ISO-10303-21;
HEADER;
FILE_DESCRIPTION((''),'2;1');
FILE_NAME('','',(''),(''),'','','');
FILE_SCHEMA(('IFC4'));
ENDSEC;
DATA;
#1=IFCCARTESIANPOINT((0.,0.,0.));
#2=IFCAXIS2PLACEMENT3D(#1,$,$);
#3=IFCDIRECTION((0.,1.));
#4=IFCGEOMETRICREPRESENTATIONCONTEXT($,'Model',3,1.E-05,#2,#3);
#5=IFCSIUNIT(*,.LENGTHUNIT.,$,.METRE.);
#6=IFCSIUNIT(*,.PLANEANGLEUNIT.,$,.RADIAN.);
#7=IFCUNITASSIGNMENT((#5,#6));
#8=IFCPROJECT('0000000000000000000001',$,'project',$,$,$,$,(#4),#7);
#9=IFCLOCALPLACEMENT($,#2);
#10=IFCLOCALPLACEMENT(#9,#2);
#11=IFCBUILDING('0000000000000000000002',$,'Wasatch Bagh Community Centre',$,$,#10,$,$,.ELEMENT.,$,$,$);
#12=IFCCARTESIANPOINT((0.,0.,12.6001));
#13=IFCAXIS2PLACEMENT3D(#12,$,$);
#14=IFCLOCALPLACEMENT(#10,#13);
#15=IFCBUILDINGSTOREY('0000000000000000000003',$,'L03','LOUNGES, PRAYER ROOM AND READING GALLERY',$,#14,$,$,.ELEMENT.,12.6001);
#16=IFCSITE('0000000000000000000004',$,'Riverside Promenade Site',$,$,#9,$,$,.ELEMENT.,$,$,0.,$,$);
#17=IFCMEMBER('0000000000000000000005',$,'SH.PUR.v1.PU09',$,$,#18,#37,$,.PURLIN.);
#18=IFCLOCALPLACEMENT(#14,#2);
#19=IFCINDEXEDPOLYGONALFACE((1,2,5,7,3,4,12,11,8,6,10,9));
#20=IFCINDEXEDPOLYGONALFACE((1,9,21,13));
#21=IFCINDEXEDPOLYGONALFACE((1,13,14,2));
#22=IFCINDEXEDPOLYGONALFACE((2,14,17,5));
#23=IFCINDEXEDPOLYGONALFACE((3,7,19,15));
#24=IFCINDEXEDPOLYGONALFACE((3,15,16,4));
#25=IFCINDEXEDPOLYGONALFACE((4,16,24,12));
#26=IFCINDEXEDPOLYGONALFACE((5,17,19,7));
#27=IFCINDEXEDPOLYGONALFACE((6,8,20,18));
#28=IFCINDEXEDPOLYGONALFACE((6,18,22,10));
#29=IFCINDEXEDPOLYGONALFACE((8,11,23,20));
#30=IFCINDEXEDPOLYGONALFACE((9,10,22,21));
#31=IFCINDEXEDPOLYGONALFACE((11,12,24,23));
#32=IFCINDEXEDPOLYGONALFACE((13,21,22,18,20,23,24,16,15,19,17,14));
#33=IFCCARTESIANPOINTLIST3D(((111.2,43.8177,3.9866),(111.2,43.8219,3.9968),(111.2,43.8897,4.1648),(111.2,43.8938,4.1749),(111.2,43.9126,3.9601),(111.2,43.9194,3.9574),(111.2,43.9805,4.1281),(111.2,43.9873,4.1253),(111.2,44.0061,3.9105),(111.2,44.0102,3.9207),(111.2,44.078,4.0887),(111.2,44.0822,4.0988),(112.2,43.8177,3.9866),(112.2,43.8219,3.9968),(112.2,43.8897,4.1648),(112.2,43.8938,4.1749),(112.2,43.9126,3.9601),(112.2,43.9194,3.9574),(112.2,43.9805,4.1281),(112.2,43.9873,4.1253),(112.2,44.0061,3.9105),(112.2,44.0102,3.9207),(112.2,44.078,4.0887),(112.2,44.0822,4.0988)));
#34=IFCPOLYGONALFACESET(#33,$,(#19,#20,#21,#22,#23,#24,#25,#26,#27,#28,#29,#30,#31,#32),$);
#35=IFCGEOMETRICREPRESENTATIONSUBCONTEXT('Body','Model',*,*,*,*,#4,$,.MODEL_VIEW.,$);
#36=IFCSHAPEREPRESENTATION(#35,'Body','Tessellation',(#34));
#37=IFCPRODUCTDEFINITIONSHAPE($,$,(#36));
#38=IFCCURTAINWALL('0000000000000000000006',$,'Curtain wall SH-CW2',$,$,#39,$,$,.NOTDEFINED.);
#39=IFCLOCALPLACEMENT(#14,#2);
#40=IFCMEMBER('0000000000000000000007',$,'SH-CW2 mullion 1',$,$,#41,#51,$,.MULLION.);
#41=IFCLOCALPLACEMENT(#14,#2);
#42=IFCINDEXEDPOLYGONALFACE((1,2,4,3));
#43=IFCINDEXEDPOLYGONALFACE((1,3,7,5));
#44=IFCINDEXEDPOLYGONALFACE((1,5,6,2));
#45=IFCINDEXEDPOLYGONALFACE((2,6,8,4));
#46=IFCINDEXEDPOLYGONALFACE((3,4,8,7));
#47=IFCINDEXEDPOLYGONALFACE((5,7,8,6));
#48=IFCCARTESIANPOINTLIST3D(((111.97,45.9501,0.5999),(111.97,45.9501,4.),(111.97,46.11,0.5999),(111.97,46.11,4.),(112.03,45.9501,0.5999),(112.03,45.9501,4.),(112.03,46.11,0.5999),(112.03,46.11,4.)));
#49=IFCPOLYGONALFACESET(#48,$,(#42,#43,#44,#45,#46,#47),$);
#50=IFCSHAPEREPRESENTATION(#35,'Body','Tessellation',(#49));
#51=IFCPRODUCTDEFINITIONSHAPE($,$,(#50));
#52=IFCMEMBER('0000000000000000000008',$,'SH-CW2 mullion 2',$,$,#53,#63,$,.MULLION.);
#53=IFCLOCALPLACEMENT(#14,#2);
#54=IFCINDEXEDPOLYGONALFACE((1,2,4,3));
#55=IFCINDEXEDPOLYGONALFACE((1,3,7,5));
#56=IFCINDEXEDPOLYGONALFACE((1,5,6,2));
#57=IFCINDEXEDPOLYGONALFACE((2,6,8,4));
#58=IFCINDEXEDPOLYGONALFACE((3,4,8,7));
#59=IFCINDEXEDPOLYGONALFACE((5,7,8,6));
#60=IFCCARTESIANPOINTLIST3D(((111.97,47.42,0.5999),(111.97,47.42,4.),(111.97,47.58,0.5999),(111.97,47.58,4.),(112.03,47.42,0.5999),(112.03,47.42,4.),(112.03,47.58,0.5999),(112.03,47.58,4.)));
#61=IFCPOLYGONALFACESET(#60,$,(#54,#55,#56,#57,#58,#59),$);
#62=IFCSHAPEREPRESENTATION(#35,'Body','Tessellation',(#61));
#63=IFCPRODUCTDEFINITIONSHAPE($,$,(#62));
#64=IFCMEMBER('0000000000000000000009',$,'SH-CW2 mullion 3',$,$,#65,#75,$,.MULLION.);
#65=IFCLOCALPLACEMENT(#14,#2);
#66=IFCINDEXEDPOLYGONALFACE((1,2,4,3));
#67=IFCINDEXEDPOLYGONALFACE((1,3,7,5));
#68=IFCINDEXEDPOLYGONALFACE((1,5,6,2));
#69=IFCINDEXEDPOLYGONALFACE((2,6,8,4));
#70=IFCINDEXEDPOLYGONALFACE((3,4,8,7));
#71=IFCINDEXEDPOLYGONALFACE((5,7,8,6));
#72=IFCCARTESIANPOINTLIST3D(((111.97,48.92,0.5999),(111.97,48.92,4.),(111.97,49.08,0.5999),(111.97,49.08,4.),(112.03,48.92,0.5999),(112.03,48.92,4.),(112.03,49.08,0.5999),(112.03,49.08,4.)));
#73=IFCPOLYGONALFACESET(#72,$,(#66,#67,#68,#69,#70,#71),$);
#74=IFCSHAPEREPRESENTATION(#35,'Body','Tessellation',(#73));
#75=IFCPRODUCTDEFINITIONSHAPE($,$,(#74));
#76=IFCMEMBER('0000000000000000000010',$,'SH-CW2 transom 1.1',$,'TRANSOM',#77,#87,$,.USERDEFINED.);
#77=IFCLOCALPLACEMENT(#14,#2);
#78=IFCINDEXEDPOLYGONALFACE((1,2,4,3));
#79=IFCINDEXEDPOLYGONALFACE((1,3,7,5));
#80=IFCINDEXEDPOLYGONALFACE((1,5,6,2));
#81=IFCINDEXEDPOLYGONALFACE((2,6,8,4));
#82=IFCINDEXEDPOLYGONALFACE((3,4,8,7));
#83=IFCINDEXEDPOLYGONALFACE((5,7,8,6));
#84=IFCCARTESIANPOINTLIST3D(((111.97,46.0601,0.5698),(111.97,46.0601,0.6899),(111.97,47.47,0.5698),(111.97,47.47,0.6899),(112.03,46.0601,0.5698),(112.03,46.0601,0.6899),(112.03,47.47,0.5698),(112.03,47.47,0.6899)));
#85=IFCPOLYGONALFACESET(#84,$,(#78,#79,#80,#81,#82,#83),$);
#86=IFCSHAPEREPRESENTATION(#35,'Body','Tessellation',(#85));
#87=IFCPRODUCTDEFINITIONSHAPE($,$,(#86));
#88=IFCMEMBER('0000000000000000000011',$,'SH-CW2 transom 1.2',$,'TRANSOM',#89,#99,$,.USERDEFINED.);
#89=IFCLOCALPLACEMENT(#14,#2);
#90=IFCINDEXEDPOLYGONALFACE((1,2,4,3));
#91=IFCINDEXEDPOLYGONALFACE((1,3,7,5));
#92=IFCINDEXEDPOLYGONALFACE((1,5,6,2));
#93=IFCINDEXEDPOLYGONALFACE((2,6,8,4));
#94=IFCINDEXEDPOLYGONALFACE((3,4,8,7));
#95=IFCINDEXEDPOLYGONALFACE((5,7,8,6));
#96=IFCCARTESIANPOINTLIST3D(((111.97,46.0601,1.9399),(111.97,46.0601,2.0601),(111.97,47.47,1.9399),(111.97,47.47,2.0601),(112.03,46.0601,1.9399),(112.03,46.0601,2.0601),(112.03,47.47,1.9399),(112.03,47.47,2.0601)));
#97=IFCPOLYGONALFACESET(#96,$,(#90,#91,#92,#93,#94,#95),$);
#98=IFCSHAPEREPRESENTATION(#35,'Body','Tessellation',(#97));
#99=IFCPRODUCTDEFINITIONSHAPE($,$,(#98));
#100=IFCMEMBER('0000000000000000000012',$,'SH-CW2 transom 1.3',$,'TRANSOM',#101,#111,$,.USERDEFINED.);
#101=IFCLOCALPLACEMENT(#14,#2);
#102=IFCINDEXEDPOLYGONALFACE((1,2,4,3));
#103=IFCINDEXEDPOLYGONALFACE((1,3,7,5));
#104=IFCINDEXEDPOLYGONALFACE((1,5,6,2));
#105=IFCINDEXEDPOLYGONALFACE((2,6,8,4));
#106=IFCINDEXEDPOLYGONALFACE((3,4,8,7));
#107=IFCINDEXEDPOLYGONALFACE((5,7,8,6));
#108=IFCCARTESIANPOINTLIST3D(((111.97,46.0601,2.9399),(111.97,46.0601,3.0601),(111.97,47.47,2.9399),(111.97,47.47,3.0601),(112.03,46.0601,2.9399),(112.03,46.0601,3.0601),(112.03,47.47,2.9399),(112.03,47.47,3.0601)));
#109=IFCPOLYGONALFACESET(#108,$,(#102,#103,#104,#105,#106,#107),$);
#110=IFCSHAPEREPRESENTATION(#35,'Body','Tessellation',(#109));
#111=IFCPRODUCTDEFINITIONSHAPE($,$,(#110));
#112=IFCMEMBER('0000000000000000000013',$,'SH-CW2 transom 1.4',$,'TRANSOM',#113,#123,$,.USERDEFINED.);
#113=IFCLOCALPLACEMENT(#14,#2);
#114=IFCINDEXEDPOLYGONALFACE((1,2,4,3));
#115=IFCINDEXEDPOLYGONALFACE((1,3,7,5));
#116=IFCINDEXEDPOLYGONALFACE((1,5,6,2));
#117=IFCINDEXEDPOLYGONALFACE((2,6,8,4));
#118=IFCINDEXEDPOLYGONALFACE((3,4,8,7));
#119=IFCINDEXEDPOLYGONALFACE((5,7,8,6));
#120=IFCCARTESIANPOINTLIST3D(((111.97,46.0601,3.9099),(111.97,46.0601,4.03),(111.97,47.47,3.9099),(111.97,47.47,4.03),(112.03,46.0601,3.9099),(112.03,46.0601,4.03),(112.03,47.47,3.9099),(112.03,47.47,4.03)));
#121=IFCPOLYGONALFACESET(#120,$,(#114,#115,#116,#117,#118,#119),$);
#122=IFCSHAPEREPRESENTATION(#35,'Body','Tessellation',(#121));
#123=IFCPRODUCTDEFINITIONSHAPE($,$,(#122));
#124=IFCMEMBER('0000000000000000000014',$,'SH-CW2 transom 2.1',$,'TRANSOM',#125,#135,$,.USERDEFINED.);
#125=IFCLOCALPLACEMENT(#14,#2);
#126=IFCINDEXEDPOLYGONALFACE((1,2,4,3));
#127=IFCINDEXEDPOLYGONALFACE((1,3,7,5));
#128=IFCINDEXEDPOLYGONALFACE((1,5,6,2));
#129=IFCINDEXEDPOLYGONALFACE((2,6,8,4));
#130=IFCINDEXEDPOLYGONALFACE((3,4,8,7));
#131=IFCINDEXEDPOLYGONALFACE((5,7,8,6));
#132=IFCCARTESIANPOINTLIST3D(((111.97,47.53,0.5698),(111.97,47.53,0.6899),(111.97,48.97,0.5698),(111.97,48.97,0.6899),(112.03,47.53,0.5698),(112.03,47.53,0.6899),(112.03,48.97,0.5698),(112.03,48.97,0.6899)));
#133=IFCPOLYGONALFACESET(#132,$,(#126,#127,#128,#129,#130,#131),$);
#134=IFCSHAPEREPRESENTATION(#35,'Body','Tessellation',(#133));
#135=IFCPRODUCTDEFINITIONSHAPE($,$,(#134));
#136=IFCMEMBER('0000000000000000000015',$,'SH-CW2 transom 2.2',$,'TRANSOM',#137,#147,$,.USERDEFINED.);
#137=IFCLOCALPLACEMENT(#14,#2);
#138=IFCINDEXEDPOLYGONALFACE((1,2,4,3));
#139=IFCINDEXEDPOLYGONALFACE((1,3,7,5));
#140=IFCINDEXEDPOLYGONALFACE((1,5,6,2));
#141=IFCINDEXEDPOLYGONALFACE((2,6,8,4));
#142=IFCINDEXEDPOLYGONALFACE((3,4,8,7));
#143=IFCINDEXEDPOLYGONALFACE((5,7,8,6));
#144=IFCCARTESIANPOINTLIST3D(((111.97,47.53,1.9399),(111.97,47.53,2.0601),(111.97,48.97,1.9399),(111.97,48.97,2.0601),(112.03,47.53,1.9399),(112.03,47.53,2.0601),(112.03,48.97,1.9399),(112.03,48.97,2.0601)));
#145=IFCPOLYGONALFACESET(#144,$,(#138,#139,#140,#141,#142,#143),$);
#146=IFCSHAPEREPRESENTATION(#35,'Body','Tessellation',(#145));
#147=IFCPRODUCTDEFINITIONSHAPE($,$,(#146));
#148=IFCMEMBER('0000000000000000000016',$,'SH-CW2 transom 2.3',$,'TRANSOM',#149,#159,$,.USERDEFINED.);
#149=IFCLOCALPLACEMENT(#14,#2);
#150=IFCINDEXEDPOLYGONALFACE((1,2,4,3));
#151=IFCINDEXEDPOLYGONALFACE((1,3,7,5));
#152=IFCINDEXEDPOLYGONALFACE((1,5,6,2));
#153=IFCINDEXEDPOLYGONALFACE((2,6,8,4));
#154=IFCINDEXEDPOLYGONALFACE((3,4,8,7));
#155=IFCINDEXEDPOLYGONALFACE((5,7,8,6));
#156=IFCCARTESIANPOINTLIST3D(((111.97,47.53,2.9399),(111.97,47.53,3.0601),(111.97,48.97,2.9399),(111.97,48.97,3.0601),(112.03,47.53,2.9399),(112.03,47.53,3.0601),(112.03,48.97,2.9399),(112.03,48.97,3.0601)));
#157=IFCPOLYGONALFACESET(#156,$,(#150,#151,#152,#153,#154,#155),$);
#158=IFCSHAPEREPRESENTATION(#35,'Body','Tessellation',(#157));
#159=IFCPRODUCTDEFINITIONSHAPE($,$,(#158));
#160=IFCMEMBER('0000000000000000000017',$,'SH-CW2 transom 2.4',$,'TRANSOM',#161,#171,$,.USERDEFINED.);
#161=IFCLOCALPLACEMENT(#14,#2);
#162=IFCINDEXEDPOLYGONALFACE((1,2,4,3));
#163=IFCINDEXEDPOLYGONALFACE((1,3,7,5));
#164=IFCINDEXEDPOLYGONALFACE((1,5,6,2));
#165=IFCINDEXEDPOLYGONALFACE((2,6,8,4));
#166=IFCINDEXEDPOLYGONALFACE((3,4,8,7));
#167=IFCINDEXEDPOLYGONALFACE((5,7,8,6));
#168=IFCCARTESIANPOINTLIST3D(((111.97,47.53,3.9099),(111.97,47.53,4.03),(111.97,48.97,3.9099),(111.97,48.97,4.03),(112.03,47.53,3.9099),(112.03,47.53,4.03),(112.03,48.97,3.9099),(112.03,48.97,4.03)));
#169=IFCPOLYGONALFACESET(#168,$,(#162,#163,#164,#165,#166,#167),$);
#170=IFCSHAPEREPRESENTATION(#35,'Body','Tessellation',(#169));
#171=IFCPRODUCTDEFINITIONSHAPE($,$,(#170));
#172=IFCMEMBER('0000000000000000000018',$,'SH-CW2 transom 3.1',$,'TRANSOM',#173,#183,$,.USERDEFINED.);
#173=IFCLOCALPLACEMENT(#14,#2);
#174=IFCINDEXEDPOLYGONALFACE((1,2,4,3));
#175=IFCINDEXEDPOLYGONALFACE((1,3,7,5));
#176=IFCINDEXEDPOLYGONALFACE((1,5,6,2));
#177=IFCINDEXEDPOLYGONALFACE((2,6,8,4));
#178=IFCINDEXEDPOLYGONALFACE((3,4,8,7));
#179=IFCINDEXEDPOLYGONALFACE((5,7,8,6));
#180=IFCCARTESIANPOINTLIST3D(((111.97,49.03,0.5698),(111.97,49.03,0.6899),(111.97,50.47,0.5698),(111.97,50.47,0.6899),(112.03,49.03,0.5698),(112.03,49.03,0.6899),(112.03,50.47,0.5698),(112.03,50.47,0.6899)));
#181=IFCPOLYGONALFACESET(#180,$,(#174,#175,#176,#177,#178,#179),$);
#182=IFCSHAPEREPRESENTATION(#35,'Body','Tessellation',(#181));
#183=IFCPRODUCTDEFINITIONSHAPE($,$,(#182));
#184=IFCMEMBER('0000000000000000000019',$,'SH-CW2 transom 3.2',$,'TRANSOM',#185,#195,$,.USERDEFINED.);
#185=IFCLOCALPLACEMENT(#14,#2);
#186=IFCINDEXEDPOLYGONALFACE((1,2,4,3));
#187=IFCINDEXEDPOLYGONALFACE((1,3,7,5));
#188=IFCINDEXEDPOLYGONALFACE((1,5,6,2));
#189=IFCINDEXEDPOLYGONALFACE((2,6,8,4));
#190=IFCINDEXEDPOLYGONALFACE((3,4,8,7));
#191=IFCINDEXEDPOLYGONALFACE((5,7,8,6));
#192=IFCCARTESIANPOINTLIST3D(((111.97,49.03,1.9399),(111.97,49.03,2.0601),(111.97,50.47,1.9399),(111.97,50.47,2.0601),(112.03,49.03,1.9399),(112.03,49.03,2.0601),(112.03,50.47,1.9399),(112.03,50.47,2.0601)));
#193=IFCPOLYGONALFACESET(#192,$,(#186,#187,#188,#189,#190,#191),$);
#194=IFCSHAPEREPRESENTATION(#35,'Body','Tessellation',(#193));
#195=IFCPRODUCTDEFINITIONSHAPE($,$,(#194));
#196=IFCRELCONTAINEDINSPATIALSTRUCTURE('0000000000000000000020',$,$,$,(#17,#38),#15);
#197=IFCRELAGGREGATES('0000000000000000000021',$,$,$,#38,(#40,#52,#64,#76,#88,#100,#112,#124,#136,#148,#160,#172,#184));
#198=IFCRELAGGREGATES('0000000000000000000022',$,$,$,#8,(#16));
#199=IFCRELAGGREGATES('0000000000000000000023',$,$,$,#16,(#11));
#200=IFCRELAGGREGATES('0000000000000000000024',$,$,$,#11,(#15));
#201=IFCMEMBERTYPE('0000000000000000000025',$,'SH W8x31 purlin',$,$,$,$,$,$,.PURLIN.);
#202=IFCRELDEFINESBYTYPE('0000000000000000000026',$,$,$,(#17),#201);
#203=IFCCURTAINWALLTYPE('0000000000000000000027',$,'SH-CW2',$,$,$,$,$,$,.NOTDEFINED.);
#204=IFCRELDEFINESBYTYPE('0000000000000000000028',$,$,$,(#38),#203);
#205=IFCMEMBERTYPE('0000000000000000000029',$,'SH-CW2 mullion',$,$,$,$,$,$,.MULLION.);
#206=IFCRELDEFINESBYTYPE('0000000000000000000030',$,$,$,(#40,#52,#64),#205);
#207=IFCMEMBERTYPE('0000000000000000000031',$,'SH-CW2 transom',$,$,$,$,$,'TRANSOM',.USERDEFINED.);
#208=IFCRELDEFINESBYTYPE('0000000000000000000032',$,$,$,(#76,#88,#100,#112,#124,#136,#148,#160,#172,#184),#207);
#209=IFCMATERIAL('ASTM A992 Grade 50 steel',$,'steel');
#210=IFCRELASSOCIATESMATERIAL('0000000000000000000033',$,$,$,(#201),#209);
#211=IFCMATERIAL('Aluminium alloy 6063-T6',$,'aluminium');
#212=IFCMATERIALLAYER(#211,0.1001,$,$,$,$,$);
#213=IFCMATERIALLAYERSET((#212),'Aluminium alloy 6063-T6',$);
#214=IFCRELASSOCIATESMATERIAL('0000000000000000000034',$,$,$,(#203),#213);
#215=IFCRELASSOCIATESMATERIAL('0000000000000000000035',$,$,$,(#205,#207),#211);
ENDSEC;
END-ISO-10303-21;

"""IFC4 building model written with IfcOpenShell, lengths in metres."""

from ifc_helpers import new_model, si_unit, direction, frame, origin, origin_2d, place, context, subcontext, project, spatial, rectangle, i_section, extrude, material, layer, layer_set, material_profile, profile_set, type_object, element, aggregate, save


model = new_model("IFC4")

# Units and contexts
model_context = context("Model", 3, precision=1e-05, world=origin(), true_north=direction((0.0, 1.0)))
body_context = subcontext(model_context, "Body", "Model", "MODEL_VIEW")
ifc_project = project(units=[si_unit("LENGTHUNIT", "METRE"), si_unit("PLANEANGLEUNIT", "RADIAN")], contexts=[model_context])

# Site, building, storey
site_placement = place(None, origin())
site = spatial("IfcSite", under=ifc_project, at=site_placement, Name="Riverside Promenade Site", CompositionType="ELEMENT", RefElevation=0.0)
building_placement = place(site_placement, origin())
building = spatial("IfcBuilding", under=site, at=building_placement, Name="Wasatch Bagh Community Centre", CompositionType="ELEMENT")
storey_placement = place(building_placement, frame((0.0, 0.0, 12.6001)))
storey = spatial("IfcBuildingStorey", under=building, at=storey_placement, Name="L03", Description="LOUNGES, PRAYER ROOM AND READING GALLERY", CompositionType="ELEMENT", Elevation=12.6001)

# Member
ifc_material_1 = material(Name="ASTM A992 Grade 50 steel", Category="steel")
ifc_material_profile_1 = material_profile(ifc_material_1, i_section(OverallWidth=0.2031, OverallDepth=0.2031, WebThickness=0.0073, FlangeThickness=0.011, at=origin_2d()), Name="W8x31")
ifc_profile_set_1 = profile_set([ifc_material_profile_1], Name="ASTM A992 Grade 50 steel")
member_type_1 = type_object("IfcMemberType", Name="SH W8x31 purlin", PredefinedType="PURLIN", material=ifc_profile_set_1)
member_1_placement = place(storey_placement, frame((111.2, 43.95, 4.0427), z_axis=(1.0, 0.0, 0.0), x_axis=(0.0, 0.927184, -0.374607)))
element("IfcMember", 1, at=member_1_placement, inside=storey, type_object=member_type_1, Name="SH.PUR.v1.PU09", PredefinedType="PURLIN", context=body_context, shape_type="SweptSolid", body=[
    extrude(i_section(OverallWidth=0.2031, OverallDepth=0.2031, WebThickness=0.0073, FlangeThickness=0.011, at=origin_2d()), origin(), (0.0, 0.0, 1.0), 1.0),
])

# Curtain wall, members
ifc_material_2 = material(Name="Aluminium alloy 6063-T6", Category="aluminium")
ifc_layer_1 = layer(ifc_material_2, 0.1001)
ifc_layer_set_1 = layer_set([ifc_layer_1], Name="Aluminium alloy 6063-T6")
curtain_wall_type = type_object("IfcCurtainWallType", Name="SH-CW2", PredefinedType="NOTDEFINED", material=ifc_layer_set_1)
curtain_wall_placement = place(storey_placement, origin())
curtain_wall = element("IfcCurtainWall", 2, at=curtain_wall_placement, inside=storey, type_object=curtain_wall_type, Name="Curtain wall SH-CW2", PredefinedType="NOTDEFINED")
ifc_material_profile_2 = material_profile(ifc_material_2, rectangle(XDim=0.0601, YDim=0.1599, at=origin_2d()), Name="AL 60x160")
ifc_profile_set_2 = profile_set([ifc_material_profile_2], Name="Aluminium alloy 6063-T6")
member_type_2 = type_object("IfcMemberType", Name="SH-CW2 mullion", PredefinedType="MULLION", material=ifc_profile_set_2)
member_2_placement = place(storey_placement, frame((112.0, 46.03, 0.5999), z_axis=(0.0, 0.0, 1.0), x_axis=(-1.0, 0.0, 0.0)))
member_2 = element("IfcMember", 3, at=member_2_placement, type_object=member_type_2, Name="SH-CW2 mullion 1", PredefinedType="MULLION", context=body_context, shape_type="SweptSolid", body=[
    extrude(rectangle(XDim=0.0601, YDim=0.1599, at=origin_2d()), origin(), (0.0, 0.0, 1.0), 3.4001),
])
member_3_placement = place(storey_placement, frame((112.0, 47.5, 0.5999), z_axis=(0.0, 0.0, 1.0), x_axis=(-1.0, 0.0, 0.0)))
member_3 = element("IfcMember", 4, at=member_3_placement, type_object=member_type_2, Name="SH-CW2 mullion 2", PredefinedType="MULLION", context=body_context, shape_type="SweptSolid", body=[
    extrude(rectangle(XDim=0.0601, YDim=0.1599, at=origin_2d()), origin(), (0.0, 0.0, 1.0), 3.4001),
])
member_4_placement = place(storey_placement, frame((112.0, 49.0, 0.5999), z_axis=(0.0, 0.0, 1.0), x_axis=(-1.0, 0.0, 0.0)))
member_4 = element("IfcMember", 5, at=member_4_placement, type_object=member_type_2, Name="SH-CW2 mullion 3", PredefinedType="MULLION", context=body_context, shape_type="SweptSolid", body=[
    extrude(rectangle(XDim=0.0601, YDim=0.1599, at=origin_2d()), origin(), (0.0, 0.0, 1.0), 3.4001),
])
ifc_material_profile_3 = material_profile(ifc_material_2, rectangle(XDim=0.0601, YDim=0.1201, at=origin_2d()), Name="AL 60x120")
ifc_profile_set_3 = profile_set([ifc_material_profile_3], Name="Aluminium alloy 6063-T6")
member_type_3 = type_object("IfcMemberType", Name="SH-CW2 transom", ElementType="TRANSOM", PredefinedType="USERDEFINED", material=ifc_profile_set_3)
member_5_placement = place(storey_placement, frame((112.0, 46.0601, 0.6299), z_axis=(0.0, 1.0, 0.0), x_axis=(-1.0, 0.0, 0.0)))
member_5 = element("IfcMember", 6, at=member_5_placement, type_object=member_type_3, Name="SH-CW2 transom 1.1", ObjectType="TRANSOM", PredefinedType="USERDEFINED", context=body_context, shape_type="SweptSolid", body=[
    extrude(rectangle(XDim=0.0601, YDim=0.1201, at=origin_2d()), origin(), (0.0, 0.0, 1.0), 1.4099),
])
member_6_placement = place(storey_placement, frame((112.0, 46.0601, 2.0), z_axis=(0.0, 1.0, 0.0), x_axis=(-1.0, 0.0, 0.0)))
member_6 = element("IfcMember", 7, at=member_6_placement, type_object=member_type_3, Name="SH-CW2 transom 1.2", ObjectType="TRANSOM", PredefinedType="USERDEFINED", context=body_context, shape_type="SweptSolid", body=[
    extrude(rectangle(XDim=0.0601, YDim=0.1201, at=origin_2d()), origin(), (0.0, 0.0, 1.0), 1.4099),
])
member_7_placement = place(storey_placement, frame((112.0, 46.0601, 3.0), z_axis=(0.0, 1.0, 0.0), x_axis=(-1.0, 0.0, 0.0)))
member_7 = element("IfcMember", 8, at=member_7_placement, type_object=member_type_3, Name="SH-CW2 transom 1.3", ObjectType="TRANSOM", PredefinedType="USERDEFINED", context=body_context, shape_type="SweptSolid", body=[
    extrude(rectangle(XDim=0.0601, YDim=0.1201, at=origin_2d()), origin(), (0.0, 0.0, 1.0), 1.4099),
])
member_8_placement = place(storey_placement, frame((112.0, 46.0601, 3.97), z_axis=(0.0, 1.0, 0.0), x_axis=(-1.0, 0.0, 0.0)))
member_8 = element("IfcMember", 9, at=member_8_placement, type_object=member_type_3, Name="SH-CW2 transom 1.4", ObjectType="TRANSOM", PredefinedType="USERDEFINED", context=body_context, shape_type="SweptSolid", body=[
    extrude(rectangle(XDim=0.0601, YDim=0.1201, at=origin_2d()), origin(), (0.0, 0.0, 1.0), 1.4099),
])
member_9_placement = place(storey_placement, frame((112.0, 47.53, 0.6299), z_axis=(0.0, 1.0, 0.0), x_axis=(-1.0, 0.0, 0.0)))
member_9 = element("IfcMember", 10, at=member_9_placement, type_object=member_type_3, Name="SH-CW2 transom 2.1", ObjectType="TRANSOM", PredefinedType="USERDEFINED", context=body_context, shape_type="SweptSolid", body=[
    extrude(rectangle(XDim=0.0601, YDim=0.1201, at=origin_2d()), origin(), (0.0, 0.0, 1.0), 1.4399),
])
member_10_placement = place(storey_placement, frame((112.0, 47.53, 2.0), z_axis=(0.0, 1.0, 0.0), x_axis=(-1.0, 0.0, 0.0)))
member_10 = element("IfcMember", 11, at=member_10_placement, type_object=member_type_3, Name="SH-CW2 transom 2.2", ObjectType="TRANSOM", PredefinedType="USERDEFINED", context=body_context, shape_type="SweptSolid", body=[
    extrude(rectangle(XDim=0.0601, YDim=0.1201, at=origin_2d()), origin(), (0.0, 0.0, 1.0), 1.4399),
])
member_11_placement = place(storey_placement, frame((112.0, 47.53, 3.0), z_axis=(0.0, 1.0, 0.0), x_axis=(-1.0, 0.0, 0.0)))
member_11 = element("IfcMember", 12, at=member_11_placement, type_object=member_type_3, Name="SH-CW2 transom 2.3", ObjectType="TRANSOM", PredefinedType="USERDEFINED", context=body_context, shape_type="SweptSolid", body=[
    extrude(rectangle(XDim=0.0601, YDim=0.1201, at=origin_2d()), origin(), (0.0, 0.0, 1.0), 1.4399),
])
member_12_placement = place(storey_placement, frame((112.0, 47.53, 3.97), z_axis=(0.0, 1.0, 0.0), x_axis=(-1.0, 0.0, 0.0)))
member_12 = element("IfcMember", 13, at=member_12_placement, type_object=member_type_3, Name="SH-CW2 transom 2.4", ObjectType="TRANSOM", PredefinedType="USERDEFINED", context=body_context, shape_type="SweptSolid", body=[
    extrude(rectangle(XDim=0.0601, YDim=0.1201, at=origin_2d()), origin(), (0.0, 0.0, 1.0), 1.4399),
])
member_13_placement = place(storey_placement, frame((112.0, 49.03, 0.6299), z_axis=(0.0, 1.0, 0.0), x_axis=(-1.0, 0.0, 0.0)))
member_13 = element("IfcMember", 14, at=member_13_placement, type_object=member_type_3, Name="SH-CW2 transom 3.1", ObjectType="TRANSOM", PredefinedType="USERDEFINED", context=body_context, shape_type="SweptSolid", body=[
    extrude(rectangle(XDim=0.0601, YDim=0.1201, at=origin_2d()), origin(), (0.0, 0.0, 1.0), 1.4399),
])
member_14_placement = place(storey_placement, frame((112.0, 49.03, 2.0), z_axis=(0.0, 1.0, 0.0), x_axis=(-1.0, 0.0, 0.0)))
member_14 = element("IfcMember", 15, at=member_14_placement, type_object=member_type_3, Name="SH-CW2 transom 3.2", ObjectType="TRANSOM", PredefinedType="USERDEFINED", context=body_context, shape_type="SweptSolid", body=[
    extrude(rectangle(XDim=0.0601, YDim=0.1201, at=origin_2d()), origin(), (0.0, 0.0, 1.0), 1.4399),
])
aggregate(curtain_wall, [member_2, member_3, member_4, member_5, member_6, member_7, member_8, member_9, member_10, member_11, member_12, member_13, member_14])

save(model, "model.ifc")
